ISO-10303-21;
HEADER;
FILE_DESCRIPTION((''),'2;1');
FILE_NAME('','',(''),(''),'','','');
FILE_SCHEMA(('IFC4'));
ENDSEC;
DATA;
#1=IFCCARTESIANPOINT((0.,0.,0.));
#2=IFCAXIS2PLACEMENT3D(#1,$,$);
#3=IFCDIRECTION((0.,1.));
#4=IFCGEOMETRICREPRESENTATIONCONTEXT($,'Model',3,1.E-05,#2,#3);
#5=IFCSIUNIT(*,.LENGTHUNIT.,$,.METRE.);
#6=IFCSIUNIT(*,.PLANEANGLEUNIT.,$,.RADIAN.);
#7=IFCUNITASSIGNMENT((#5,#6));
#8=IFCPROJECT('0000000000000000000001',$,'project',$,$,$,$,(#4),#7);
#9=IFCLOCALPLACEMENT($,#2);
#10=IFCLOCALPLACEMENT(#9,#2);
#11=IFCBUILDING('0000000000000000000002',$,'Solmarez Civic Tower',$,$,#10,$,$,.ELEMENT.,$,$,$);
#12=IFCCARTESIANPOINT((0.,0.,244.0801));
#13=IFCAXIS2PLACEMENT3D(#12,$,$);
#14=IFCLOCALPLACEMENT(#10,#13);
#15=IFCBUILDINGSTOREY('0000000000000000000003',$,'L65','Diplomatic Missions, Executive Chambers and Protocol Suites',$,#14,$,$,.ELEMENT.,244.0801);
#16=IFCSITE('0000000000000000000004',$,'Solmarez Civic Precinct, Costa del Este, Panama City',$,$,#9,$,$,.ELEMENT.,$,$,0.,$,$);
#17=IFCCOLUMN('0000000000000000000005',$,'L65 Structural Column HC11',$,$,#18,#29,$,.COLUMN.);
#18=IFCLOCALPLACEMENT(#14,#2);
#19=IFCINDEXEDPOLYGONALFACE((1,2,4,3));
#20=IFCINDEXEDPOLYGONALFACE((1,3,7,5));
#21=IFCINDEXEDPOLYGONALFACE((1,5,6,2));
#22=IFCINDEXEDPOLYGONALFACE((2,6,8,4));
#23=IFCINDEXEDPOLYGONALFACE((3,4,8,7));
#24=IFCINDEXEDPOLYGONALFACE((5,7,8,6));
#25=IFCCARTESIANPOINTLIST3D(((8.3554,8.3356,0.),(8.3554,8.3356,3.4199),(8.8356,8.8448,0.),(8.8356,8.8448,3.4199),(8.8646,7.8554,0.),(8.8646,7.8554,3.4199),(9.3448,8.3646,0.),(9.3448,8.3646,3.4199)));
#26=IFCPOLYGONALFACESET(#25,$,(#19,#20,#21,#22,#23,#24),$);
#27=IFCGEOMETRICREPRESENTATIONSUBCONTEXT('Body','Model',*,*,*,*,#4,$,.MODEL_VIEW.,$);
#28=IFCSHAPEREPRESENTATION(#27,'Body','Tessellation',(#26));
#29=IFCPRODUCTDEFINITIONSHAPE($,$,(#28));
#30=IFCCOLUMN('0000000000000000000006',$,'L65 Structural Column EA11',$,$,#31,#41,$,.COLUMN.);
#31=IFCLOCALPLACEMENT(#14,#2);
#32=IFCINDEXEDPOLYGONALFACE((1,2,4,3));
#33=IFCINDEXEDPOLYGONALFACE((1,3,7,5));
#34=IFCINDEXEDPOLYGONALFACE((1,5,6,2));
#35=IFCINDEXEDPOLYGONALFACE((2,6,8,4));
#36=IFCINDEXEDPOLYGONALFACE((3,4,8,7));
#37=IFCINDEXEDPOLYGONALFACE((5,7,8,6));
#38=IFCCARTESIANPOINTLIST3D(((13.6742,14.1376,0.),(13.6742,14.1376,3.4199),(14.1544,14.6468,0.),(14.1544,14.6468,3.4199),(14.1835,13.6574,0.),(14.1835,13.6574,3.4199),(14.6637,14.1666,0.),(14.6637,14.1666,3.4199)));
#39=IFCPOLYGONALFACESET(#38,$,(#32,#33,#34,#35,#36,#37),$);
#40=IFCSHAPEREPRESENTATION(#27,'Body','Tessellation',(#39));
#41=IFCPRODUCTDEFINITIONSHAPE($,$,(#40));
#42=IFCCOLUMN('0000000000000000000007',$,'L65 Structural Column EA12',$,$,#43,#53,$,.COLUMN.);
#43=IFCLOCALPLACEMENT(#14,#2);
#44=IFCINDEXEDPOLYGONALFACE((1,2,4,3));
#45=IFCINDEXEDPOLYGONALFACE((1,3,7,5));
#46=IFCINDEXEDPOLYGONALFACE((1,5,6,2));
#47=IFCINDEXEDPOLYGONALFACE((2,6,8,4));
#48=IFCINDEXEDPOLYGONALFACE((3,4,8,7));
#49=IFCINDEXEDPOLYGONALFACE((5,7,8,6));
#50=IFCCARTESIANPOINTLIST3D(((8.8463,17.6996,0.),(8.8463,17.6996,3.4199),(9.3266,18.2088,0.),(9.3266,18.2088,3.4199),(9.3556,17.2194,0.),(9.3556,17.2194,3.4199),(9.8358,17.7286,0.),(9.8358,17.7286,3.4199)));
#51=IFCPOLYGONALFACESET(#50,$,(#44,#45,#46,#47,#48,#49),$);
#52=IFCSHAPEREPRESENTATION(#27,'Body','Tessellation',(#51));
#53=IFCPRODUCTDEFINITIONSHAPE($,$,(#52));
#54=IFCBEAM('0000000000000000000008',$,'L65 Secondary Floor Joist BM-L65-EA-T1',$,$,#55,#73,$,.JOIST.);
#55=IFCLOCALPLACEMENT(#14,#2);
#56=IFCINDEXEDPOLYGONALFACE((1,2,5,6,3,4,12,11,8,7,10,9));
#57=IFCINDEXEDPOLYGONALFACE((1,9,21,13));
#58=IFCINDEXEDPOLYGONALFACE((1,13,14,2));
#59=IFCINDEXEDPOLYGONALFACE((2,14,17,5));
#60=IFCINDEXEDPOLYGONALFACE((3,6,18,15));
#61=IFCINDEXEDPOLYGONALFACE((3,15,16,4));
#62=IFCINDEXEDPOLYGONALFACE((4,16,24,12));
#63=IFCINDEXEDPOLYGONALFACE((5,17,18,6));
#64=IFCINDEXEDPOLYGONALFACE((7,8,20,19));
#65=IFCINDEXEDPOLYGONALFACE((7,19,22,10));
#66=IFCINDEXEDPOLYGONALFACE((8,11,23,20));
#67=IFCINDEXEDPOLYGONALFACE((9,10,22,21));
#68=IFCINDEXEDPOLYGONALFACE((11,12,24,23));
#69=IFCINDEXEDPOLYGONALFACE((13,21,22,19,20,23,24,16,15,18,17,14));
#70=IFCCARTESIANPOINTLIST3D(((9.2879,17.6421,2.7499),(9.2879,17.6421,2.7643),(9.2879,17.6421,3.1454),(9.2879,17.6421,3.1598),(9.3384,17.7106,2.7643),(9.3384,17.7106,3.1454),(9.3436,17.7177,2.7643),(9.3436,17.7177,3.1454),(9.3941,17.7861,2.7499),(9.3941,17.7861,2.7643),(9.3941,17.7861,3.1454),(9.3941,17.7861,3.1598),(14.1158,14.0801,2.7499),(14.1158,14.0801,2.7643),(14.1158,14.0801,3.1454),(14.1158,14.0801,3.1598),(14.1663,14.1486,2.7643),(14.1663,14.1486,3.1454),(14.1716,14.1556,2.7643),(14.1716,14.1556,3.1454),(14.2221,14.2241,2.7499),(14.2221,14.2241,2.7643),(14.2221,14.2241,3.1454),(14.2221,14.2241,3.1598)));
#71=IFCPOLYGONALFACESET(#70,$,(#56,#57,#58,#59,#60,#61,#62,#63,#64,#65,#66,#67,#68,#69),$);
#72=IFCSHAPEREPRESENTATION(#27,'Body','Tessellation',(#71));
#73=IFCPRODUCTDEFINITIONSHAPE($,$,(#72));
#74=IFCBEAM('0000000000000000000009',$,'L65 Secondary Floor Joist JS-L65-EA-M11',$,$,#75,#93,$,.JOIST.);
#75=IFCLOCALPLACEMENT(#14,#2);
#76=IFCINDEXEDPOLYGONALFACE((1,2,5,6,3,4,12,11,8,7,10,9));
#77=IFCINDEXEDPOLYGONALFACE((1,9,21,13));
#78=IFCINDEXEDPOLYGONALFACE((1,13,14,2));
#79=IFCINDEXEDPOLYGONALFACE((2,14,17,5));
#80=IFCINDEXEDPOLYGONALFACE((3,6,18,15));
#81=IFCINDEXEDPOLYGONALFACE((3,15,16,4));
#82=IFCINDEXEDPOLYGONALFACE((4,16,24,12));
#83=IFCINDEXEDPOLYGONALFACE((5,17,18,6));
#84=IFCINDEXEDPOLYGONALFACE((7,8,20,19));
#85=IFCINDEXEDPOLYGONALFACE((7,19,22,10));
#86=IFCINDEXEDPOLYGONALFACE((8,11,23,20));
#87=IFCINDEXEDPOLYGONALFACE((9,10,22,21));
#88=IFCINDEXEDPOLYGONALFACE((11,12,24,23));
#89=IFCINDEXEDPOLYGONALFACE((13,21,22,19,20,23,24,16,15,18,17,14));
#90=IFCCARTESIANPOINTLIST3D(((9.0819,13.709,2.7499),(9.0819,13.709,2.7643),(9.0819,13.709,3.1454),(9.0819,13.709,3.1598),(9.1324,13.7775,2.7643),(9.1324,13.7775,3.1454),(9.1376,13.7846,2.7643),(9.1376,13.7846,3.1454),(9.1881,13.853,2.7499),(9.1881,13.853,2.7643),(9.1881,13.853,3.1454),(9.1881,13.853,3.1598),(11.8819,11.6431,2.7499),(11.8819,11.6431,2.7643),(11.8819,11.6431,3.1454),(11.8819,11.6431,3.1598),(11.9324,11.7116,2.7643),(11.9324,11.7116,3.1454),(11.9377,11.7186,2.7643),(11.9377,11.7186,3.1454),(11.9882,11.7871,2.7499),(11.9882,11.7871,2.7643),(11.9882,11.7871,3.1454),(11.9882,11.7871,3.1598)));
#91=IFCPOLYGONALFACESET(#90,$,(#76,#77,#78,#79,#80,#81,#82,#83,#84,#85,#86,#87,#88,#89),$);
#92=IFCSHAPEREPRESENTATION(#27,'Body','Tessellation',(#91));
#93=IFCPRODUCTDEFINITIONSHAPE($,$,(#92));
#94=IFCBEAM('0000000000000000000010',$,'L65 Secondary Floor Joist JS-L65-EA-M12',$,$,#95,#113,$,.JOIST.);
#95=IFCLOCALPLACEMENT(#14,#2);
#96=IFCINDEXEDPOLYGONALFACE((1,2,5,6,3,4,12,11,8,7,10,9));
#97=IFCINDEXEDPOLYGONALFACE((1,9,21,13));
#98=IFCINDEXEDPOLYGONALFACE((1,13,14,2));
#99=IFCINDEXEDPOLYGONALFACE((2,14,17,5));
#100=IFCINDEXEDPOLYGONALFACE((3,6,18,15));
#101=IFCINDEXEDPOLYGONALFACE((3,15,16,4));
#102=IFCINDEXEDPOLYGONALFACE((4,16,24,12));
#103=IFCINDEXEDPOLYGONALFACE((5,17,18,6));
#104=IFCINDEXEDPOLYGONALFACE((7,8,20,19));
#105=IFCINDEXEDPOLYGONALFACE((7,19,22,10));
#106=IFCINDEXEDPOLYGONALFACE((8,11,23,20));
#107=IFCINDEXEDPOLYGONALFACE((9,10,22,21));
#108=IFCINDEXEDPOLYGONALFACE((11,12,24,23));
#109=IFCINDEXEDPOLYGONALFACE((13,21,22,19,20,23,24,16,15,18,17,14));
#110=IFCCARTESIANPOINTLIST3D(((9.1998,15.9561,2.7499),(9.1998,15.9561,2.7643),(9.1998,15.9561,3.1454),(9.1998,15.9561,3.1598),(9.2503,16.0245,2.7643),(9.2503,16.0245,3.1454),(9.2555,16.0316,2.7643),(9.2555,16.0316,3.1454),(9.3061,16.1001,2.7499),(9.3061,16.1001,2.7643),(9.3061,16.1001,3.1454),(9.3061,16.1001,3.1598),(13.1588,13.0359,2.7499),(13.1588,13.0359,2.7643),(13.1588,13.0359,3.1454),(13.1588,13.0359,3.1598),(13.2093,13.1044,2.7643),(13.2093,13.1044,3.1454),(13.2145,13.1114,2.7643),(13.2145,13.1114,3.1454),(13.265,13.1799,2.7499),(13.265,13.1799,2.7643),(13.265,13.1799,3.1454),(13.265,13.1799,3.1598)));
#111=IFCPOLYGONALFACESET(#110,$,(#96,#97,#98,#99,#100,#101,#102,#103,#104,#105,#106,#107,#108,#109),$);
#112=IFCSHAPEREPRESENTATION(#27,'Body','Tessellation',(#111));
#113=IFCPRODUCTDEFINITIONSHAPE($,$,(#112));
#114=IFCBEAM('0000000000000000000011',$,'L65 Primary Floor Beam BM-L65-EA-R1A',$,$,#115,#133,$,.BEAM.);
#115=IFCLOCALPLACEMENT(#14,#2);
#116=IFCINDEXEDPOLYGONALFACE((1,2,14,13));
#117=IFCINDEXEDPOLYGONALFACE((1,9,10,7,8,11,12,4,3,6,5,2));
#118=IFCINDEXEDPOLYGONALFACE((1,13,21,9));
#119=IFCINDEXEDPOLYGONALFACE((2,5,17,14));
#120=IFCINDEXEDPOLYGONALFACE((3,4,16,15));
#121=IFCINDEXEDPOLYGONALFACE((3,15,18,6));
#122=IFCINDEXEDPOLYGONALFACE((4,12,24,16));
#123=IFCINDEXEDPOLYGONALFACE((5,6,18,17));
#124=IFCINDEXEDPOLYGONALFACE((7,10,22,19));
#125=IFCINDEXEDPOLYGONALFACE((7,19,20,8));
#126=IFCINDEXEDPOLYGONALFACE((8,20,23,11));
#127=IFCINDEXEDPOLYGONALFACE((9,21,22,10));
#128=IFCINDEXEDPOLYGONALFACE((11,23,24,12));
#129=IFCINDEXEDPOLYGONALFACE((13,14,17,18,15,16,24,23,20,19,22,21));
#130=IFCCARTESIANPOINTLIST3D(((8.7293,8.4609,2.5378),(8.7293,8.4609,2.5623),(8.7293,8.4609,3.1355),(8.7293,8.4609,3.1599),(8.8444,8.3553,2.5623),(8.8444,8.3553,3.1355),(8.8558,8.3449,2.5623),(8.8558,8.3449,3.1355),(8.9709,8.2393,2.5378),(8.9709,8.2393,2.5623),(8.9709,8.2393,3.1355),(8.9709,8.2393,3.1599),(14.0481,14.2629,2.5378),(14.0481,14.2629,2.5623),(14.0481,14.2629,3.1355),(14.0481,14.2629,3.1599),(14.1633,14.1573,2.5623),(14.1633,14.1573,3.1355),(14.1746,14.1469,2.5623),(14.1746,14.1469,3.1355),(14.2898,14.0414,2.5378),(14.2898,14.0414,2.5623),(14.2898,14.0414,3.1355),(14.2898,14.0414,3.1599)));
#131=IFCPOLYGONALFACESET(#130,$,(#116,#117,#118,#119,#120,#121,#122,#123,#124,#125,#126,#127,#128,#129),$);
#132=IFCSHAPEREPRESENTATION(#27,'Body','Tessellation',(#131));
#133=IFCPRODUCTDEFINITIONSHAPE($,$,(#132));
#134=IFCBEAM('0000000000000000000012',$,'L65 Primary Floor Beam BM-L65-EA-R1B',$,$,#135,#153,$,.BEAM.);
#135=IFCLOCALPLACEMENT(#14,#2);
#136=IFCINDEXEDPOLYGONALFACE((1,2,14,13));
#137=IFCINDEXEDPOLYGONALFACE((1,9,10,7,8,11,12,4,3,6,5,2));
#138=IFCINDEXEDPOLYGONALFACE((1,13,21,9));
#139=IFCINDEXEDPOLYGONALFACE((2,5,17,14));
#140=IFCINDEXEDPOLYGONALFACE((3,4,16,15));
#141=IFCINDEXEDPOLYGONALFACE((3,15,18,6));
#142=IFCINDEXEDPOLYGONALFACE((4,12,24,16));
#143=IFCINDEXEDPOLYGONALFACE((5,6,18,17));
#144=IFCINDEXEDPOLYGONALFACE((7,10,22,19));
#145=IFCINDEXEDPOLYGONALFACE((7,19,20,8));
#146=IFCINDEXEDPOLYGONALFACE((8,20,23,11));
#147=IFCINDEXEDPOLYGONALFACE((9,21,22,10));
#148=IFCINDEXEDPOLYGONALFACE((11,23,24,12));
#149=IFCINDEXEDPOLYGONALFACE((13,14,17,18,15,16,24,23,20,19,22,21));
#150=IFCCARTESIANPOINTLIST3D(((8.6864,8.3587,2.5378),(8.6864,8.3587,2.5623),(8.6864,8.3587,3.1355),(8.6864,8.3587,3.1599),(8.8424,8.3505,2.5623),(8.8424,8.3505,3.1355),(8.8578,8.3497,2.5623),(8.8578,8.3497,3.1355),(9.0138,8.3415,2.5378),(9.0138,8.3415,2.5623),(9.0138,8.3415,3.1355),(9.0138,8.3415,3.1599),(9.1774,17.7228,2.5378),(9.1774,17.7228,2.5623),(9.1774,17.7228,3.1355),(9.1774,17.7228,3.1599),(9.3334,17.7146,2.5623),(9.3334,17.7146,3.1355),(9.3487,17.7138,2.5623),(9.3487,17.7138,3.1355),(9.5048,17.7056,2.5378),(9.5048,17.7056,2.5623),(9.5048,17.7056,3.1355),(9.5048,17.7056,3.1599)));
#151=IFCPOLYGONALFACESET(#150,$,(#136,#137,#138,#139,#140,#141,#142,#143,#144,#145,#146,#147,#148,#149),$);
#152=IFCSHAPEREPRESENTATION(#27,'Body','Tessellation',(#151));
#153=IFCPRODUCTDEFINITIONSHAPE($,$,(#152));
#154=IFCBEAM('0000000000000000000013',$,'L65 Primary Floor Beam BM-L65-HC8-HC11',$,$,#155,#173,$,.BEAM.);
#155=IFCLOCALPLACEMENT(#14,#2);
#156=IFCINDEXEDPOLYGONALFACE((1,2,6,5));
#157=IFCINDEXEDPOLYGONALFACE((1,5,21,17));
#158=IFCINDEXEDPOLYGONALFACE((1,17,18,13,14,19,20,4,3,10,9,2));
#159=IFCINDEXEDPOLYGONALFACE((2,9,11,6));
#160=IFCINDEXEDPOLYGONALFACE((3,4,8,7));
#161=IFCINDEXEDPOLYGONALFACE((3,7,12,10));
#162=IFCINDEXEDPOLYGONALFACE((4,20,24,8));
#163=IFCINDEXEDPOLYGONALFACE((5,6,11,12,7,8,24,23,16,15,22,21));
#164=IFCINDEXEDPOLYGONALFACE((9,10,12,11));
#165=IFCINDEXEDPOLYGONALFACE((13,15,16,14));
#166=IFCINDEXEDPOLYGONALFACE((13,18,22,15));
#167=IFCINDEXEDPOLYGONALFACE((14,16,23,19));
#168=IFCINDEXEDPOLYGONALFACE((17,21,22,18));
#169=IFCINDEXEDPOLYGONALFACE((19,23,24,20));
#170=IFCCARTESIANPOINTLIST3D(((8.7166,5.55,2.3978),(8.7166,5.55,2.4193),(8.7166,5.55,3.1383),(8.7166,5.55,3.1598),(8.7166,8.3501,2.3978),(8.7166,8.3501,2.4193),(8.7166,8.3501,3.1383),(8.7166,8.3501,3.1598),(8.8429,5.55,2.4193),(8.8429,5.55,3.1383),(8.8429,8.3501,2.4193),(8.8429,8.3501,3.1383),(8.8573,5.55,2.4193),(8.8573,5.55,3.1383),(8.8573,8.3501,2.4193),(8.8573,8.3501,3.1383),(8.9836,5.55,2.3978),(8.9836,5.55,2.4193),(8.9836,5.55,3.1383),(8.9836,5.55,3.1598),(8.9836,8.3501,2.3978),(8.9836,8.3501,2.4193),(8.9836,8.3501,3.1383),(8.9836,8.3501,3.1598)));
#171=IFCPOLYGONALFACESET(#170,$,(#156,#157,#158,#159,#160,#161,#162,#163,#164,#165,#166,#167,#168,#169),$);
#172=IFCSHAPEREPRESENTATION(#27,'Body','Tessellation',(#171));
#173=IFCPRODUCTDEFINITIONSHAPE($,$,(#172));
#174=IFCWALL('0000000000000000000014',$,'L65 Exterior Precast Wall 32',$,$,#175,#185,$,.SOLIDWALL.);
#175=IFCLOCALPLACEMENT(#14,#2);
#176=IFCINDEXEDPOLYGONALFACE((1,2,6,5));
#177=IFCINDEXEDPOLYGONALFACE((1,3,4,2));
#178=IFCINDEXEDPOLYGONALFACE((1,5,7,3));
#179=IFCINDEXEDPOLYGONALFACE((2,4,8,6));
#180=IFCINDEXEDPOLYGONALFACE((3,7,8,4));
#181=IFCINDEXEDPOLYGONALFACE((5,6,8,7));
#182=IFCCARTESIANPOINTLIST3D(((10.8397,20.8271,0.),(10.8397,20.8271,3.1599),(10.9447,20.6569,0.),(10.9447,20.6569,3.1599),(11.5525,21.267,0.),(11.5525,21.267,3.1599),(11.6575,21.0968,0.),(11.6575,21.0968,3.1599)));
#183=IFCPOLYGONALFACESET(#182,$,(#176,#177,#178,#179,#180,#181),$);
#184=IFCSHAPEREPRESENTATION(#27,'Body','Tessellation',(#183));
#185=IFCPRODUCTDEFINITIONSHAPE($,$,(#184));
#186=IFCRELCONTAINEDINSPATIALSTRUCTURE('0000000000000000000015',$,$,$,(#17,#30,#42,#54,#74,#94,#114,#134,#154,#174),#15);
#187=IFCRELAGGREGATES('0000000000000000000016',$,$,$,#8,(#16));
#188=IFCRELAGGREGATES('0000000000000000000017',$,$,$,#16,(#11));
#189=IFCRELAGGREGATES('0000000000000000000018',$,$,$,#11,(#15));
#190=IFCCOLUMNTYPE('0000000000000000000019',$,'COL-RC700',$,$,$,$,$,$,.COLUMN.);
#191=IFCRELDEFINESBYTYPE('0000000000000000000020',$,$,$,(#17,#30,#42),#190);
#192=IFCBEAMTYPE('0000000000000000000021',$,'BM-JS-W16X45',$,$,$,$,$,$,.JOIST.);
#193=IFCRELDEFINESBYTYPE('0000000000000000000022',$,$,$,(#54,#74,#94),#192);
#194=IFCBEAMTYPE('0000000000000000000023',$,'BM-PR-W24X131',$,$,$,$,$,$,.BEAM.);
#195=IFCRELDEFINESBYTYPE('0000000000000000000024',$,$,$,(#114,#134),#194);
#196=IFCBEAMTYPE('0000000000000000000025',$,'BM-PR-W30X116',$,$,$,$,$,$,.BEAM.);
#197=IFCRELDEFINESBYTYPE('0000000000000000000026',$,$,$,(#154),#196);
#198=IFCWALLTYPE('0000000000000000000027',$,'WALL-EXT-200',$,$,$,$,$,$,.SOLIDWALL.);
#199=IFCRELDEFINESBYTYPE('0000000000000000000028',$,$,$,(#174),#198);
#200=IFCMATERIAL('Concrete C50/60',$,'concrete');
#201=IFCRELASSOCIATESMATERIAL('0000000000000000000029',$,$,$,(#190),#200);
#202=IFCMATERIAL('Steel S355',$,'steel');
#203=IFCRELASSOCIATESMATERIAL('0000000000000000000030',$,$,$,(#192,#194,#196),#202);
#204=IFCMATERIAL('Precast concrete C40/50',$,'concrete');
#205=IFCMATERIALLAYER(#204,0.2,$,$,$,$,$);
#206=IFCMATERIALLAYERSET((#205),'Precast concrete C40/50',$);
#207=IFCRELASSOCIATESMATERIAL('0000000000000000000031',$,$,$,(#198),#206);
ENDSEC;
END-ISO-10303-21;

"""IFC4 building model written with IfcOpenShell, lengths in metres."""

from ifc_helpers import new_model, si_unit, direction, frame, frame_2d, origin, origin_2d, place, context, subcontext, project, spatial, rectangle, i_section, extrude, material, layer, layer_set, material_profile, profile_set, type_object, element, save


model = new_model("IFC4")

# Units and contexts
model_context = context("Model", 3, precision=1e-05, world=origin(), true_north=direction((0.0, 1.0)))
body_context = subcontext(model_context, "Body", "Model", "MODEL_VIEW")
ifc_project = project(units=[si_unit("LENGTHUNIT", "METRE"), si_unit("PLANEANGLEUNIT", "RADIAN")], contexts=[model_context])

# Site, building, storey
site_placement = place(None, origin())
site = spatial("IfcSite", under=ifc_project, at=site_placement, Name="Solmarez Civic Precinct, Costa del Este, Panama City", CompositionType="ELEMENT", RefElevation=0.0)
building_placement = place(site_placement, origin())
building = spatial("IfcBuilding", under=site, at=building_placement, Name="Solmarez Civic Tower", CompositionType="ELEMENT")
storey_placement = place(building_placement, frame((0.0, 0.0, 244.0801)))
storey = spatial("IfcBuildingStorey", under=building, at=storey_placement, Name="L65", Description="Diplomatic Missions, Executive Chambers and Protocol Suites", CompositionType="ELEMENT", Elevation=244.0801)

# Columns
ifc_material_1 = material(Name="Concrete C50/60", Category="concrete")
ifc_material_profile_1 = material_profile(ifc_material_1, rectangle(XDim=0.7, YDim=0.7, at=origin_2d()), Name="RC700X700")
ifc_profile_set_1 = profile_set([ifc_material_profile_1], Name="Concrete C50/60")
column_type = type_object("IfcColumnType", Name="COL-RC700", PredefinedType="COLUMN", material=ifc_profile_set_1)
for number, where, z_axis, x_axis, name in (
    (1, (8.8501, 8.3501, 0.0), (0.0, 0.0, 1.0), (0.686072, 0.727533, 0.0), "L65 Structural Column HC11"),
    (2, (14.1689, 14.1521, 0.0), (0.0, 0.0, 1.0), (0.686072, 0.727533, 0.0), "L65 Structural Column EA11"),
    (3, (9.3411, 17.7141, 0.0), (0.0, 0.0, 1.0), (0.686072, 0.727533, 0.0), "L65 Structural Column EA12"),
):
    element("IfcColumn", number, at=place(storey_placement, frame(where, z_axis=z_axis, x_axis=x_axis)), inside=storey, type_object=column_type, Name=name, PredefinedType="COLUMN", context=body_context, shape_type="SweptSolid", body=[
        extrude(rectangle(XDim=0.7, YDim=0.7, at=origin_2d()), origin(), (0.0, 0.0, 1.0), 3.4199),
    ])

# Beams
ifc_material_2 = material(Name="Steel S355", Category="steel")
ifc_material_profile_2 = material_profile(ifc_material_2, i_section(OverallWidth=0.179, OverallDepth=0.4099, WebThickness=0.0088, FlangeThickness=0.0144, at=origin_2d()), Name="W16X45")
ifc_profile_set_2 = profile_set([ifc_material_profile_2], Name="Steel S355")
beam_type_1 = type_object("IfcBeamType", Name="BM-JS-W16X45", PredefinedType="JOIST", material=ifc_profile_set_2)
beam_1_placement = place(storey_placement, frame((14.1689, 14.1521, 2.9548), z_axis=(-0.804687, 0.593699, 0.0), x_axis=(-0.593699, -0.804687, 0.0)))
element("IfcBeam", 4, at=beam_1_placement, inside=storey, type_object=beam_type_1, Name="L65 Secondary Floor Joist BM-L65-EA-T1", PredefinedType="JOIST", context=body_context, shape_type="SweptSolid", body=[
    extrude(i_section(OverallWidth=0.179, OverallDepth=0.4099, WebThickness=0.0088, FlangeThickness=0.0144, at=origin_2d()), origin(), (0.0, 0.0, 1.0), 5.9998),
])
beam_2_placement = place(storey_placement, frame((11.9351, 11.7151, 2.9548), z_axis=(-0.804682, 0.593706, 0.0), x_axis=(-0.593706, -0.804682, 0.0)))
element("IfcBeam", 5, at=beam_2_placement, inside=storey, type_object=beam_type_1, Name="L65 Secondary Floor Joist JS-L65-EA-M11", PredefinedType="JOIST", context=body_context, shape_type="SweptSolid", body=[
    extrude(i_section(OverallWidth=0.179, OverallDepth=0.4099, WebThickness=0.0088, FlangeThickness=0.0144, at=origin_2d()), origin(), (0.0, 0.0, 1.0), 3.4797),
])
beam_3_placement = place(storey_placement, frame((13.2119, 13.1079, 2.9548), z_axis=(-0.804763, 0.593597, 0.0), x_axis=(-0.593597, -0.804763, 0.0)))
element("IfcBeam", 6, at=beam_3_placement, inside=storey, type_object=beam_type_1, Name="L65 Secondary Floor Joist JS-L65-EA-M12", PredefinedType="JOIST", context=body_context, shape_type="SweptSolid", body=[
    extrude(i_section(OverallWidth=0.179, OverallDepth=0.4099, WebThickness=0.0088, FlangeThickness=0.0144, at=origin_2d()), origin(), (0.0, 0.0, 1.0), 4.9194),
])
ifc_material_profile_3 = material_profile(ifc_material_2, i_section(OverallWidth=0.3279, OverallDepth=0.6221, WebThickness=0.0154, FlangeThickness=0.0244, at=origin_2d()), Name="W24X131")
ifc_profile_set_3 = profile_set([ifc_material_profile_3], Name="Steel S355")
beam_type_2 = type_object("IfcBeamType", Name="BM-PR-W24X131", PredefinedType="BEAM", material=ifc_profile_set_3)
beam_4_placement = place(storey_placement, frame((8.8501, 8.3501, 2.8489), z_axis=(0.675749, 0.737132, 0.0), x_axis=(-0.737132, 0.675749, 0.0)))
element("IfcBeam", 7, at=beam_4_placement, inside=storey, type_object=beam_type_2, Name="L65 Primary Floor Beam BM-L65-EA-R1A", PredefinedType="BEAM", context=body_context, shape_type="SweptSolid", body=[
    extrude(i_section(OverallWidth=0.3279, OverallDepth=0.6221, WebThickness=0.0154, FlangeThickness=0.0244, at=origin_2d()), origin(), (0.0, 0.0, 1.0), 7.8711),
])
beam_5_placement = place(storey_placement, frame((8.8501, 8.3501, 2.8489), z_axis=(0.052359, 0.998628, 0.0), x_axis=(-0.998628, 0.052359, 0.0)))
element("IfcBeam", 8, at=beam_5_placement, inside=storey, type_object=beam_type_2, Name="L65 Primary Floor Beam BM-L65-EA-R1B", PredefinedType="BEAM", context=body_context, shape_type="SweptSolid", body=[
    extrude(i_section(OverallWidth=0.3279, OverallDepth=0.6221, WebThickness=0.0154, FlangeThickness=0.0244, at=origin_2d()), origin(), (0.0, 0.0, 1.0), 9.377),
])
ifc_material_profile_4 = material_profile(ifc_material_2, i_section(OverallWidth=0.2671, OverallDepth=0.762, WebThickness=0.0144, FlangeThickness=0.0215, at=origin_2d()), Name="W30X116")
ifc_profile_set_4 = profile_set([ifc_material_profile_4], Name="Steel S355")
beam_type_3 = type_object("IfcBeamType", Name="BM-PR-W30X116", PredefinedType="BEAM", material=ifc_profile_set_4)
beam_6_placement = place(storey_placement, frame((8.8501, 5.55, 2.7788), z_axis=(0.0, 1.0, 0.0), x_axis=(-1.0, 0.0, 0.0)))
element("IfcBeam", 9, at=beam_6_placement, inside=storey, type_object=beam_type_3, Name="L65 Primary Floor Beam BM-L65-HC8-HC11", PredefinedType="BEAM", context=body_context, shape_type="SweptSolid", body=[
    extrude(i_section(OverallWidth=0.2671, OverallDepth=0.762, WebThickness=0.0144, FlangeThickness=0.0215, at=origin_2d()), origin(), (0.0, 0.0, 1.0), 2.8),
])

# Wall
ifc_material_3 = material(Name="Precast concrete C40/50", Category="concrete")
ifc_layer_1 = layer(ifc_material_3, 0.2)
ifc_layer_set_1 = layer_set([ifc_layer_1], Name="Precast concrete C40/50")
wall_type_1 = type_object("IfcWallType", Name="WALL-EXT-200", PredefinedType="SOLIDWALL", material=ifc_layer_set_1)
wall_1_placement = place(storey_placement, frame((10.8921, 20.7419, 0.0), z_axis=(0.0, 0.0, 1.0), x_axis=(0.850997, 0.52517, 0.0)))
element("IfcWall", 10, at=wall_1_placement, inside=storey, type_object=wall_type_1, Name="L65 Exterior Precast Wall 32", PredefinedType="SOLIDWALL", context=body_context, shape_type="SweptSolid", body=[
    extrude(rectangle(XDim=0.8376, YDim=0.2, at=frame_2d((0.4189, 0.0))), origin(), (0.0, 0.0, 1.0), 3.1599),
])

save(model, "model.ifc")
